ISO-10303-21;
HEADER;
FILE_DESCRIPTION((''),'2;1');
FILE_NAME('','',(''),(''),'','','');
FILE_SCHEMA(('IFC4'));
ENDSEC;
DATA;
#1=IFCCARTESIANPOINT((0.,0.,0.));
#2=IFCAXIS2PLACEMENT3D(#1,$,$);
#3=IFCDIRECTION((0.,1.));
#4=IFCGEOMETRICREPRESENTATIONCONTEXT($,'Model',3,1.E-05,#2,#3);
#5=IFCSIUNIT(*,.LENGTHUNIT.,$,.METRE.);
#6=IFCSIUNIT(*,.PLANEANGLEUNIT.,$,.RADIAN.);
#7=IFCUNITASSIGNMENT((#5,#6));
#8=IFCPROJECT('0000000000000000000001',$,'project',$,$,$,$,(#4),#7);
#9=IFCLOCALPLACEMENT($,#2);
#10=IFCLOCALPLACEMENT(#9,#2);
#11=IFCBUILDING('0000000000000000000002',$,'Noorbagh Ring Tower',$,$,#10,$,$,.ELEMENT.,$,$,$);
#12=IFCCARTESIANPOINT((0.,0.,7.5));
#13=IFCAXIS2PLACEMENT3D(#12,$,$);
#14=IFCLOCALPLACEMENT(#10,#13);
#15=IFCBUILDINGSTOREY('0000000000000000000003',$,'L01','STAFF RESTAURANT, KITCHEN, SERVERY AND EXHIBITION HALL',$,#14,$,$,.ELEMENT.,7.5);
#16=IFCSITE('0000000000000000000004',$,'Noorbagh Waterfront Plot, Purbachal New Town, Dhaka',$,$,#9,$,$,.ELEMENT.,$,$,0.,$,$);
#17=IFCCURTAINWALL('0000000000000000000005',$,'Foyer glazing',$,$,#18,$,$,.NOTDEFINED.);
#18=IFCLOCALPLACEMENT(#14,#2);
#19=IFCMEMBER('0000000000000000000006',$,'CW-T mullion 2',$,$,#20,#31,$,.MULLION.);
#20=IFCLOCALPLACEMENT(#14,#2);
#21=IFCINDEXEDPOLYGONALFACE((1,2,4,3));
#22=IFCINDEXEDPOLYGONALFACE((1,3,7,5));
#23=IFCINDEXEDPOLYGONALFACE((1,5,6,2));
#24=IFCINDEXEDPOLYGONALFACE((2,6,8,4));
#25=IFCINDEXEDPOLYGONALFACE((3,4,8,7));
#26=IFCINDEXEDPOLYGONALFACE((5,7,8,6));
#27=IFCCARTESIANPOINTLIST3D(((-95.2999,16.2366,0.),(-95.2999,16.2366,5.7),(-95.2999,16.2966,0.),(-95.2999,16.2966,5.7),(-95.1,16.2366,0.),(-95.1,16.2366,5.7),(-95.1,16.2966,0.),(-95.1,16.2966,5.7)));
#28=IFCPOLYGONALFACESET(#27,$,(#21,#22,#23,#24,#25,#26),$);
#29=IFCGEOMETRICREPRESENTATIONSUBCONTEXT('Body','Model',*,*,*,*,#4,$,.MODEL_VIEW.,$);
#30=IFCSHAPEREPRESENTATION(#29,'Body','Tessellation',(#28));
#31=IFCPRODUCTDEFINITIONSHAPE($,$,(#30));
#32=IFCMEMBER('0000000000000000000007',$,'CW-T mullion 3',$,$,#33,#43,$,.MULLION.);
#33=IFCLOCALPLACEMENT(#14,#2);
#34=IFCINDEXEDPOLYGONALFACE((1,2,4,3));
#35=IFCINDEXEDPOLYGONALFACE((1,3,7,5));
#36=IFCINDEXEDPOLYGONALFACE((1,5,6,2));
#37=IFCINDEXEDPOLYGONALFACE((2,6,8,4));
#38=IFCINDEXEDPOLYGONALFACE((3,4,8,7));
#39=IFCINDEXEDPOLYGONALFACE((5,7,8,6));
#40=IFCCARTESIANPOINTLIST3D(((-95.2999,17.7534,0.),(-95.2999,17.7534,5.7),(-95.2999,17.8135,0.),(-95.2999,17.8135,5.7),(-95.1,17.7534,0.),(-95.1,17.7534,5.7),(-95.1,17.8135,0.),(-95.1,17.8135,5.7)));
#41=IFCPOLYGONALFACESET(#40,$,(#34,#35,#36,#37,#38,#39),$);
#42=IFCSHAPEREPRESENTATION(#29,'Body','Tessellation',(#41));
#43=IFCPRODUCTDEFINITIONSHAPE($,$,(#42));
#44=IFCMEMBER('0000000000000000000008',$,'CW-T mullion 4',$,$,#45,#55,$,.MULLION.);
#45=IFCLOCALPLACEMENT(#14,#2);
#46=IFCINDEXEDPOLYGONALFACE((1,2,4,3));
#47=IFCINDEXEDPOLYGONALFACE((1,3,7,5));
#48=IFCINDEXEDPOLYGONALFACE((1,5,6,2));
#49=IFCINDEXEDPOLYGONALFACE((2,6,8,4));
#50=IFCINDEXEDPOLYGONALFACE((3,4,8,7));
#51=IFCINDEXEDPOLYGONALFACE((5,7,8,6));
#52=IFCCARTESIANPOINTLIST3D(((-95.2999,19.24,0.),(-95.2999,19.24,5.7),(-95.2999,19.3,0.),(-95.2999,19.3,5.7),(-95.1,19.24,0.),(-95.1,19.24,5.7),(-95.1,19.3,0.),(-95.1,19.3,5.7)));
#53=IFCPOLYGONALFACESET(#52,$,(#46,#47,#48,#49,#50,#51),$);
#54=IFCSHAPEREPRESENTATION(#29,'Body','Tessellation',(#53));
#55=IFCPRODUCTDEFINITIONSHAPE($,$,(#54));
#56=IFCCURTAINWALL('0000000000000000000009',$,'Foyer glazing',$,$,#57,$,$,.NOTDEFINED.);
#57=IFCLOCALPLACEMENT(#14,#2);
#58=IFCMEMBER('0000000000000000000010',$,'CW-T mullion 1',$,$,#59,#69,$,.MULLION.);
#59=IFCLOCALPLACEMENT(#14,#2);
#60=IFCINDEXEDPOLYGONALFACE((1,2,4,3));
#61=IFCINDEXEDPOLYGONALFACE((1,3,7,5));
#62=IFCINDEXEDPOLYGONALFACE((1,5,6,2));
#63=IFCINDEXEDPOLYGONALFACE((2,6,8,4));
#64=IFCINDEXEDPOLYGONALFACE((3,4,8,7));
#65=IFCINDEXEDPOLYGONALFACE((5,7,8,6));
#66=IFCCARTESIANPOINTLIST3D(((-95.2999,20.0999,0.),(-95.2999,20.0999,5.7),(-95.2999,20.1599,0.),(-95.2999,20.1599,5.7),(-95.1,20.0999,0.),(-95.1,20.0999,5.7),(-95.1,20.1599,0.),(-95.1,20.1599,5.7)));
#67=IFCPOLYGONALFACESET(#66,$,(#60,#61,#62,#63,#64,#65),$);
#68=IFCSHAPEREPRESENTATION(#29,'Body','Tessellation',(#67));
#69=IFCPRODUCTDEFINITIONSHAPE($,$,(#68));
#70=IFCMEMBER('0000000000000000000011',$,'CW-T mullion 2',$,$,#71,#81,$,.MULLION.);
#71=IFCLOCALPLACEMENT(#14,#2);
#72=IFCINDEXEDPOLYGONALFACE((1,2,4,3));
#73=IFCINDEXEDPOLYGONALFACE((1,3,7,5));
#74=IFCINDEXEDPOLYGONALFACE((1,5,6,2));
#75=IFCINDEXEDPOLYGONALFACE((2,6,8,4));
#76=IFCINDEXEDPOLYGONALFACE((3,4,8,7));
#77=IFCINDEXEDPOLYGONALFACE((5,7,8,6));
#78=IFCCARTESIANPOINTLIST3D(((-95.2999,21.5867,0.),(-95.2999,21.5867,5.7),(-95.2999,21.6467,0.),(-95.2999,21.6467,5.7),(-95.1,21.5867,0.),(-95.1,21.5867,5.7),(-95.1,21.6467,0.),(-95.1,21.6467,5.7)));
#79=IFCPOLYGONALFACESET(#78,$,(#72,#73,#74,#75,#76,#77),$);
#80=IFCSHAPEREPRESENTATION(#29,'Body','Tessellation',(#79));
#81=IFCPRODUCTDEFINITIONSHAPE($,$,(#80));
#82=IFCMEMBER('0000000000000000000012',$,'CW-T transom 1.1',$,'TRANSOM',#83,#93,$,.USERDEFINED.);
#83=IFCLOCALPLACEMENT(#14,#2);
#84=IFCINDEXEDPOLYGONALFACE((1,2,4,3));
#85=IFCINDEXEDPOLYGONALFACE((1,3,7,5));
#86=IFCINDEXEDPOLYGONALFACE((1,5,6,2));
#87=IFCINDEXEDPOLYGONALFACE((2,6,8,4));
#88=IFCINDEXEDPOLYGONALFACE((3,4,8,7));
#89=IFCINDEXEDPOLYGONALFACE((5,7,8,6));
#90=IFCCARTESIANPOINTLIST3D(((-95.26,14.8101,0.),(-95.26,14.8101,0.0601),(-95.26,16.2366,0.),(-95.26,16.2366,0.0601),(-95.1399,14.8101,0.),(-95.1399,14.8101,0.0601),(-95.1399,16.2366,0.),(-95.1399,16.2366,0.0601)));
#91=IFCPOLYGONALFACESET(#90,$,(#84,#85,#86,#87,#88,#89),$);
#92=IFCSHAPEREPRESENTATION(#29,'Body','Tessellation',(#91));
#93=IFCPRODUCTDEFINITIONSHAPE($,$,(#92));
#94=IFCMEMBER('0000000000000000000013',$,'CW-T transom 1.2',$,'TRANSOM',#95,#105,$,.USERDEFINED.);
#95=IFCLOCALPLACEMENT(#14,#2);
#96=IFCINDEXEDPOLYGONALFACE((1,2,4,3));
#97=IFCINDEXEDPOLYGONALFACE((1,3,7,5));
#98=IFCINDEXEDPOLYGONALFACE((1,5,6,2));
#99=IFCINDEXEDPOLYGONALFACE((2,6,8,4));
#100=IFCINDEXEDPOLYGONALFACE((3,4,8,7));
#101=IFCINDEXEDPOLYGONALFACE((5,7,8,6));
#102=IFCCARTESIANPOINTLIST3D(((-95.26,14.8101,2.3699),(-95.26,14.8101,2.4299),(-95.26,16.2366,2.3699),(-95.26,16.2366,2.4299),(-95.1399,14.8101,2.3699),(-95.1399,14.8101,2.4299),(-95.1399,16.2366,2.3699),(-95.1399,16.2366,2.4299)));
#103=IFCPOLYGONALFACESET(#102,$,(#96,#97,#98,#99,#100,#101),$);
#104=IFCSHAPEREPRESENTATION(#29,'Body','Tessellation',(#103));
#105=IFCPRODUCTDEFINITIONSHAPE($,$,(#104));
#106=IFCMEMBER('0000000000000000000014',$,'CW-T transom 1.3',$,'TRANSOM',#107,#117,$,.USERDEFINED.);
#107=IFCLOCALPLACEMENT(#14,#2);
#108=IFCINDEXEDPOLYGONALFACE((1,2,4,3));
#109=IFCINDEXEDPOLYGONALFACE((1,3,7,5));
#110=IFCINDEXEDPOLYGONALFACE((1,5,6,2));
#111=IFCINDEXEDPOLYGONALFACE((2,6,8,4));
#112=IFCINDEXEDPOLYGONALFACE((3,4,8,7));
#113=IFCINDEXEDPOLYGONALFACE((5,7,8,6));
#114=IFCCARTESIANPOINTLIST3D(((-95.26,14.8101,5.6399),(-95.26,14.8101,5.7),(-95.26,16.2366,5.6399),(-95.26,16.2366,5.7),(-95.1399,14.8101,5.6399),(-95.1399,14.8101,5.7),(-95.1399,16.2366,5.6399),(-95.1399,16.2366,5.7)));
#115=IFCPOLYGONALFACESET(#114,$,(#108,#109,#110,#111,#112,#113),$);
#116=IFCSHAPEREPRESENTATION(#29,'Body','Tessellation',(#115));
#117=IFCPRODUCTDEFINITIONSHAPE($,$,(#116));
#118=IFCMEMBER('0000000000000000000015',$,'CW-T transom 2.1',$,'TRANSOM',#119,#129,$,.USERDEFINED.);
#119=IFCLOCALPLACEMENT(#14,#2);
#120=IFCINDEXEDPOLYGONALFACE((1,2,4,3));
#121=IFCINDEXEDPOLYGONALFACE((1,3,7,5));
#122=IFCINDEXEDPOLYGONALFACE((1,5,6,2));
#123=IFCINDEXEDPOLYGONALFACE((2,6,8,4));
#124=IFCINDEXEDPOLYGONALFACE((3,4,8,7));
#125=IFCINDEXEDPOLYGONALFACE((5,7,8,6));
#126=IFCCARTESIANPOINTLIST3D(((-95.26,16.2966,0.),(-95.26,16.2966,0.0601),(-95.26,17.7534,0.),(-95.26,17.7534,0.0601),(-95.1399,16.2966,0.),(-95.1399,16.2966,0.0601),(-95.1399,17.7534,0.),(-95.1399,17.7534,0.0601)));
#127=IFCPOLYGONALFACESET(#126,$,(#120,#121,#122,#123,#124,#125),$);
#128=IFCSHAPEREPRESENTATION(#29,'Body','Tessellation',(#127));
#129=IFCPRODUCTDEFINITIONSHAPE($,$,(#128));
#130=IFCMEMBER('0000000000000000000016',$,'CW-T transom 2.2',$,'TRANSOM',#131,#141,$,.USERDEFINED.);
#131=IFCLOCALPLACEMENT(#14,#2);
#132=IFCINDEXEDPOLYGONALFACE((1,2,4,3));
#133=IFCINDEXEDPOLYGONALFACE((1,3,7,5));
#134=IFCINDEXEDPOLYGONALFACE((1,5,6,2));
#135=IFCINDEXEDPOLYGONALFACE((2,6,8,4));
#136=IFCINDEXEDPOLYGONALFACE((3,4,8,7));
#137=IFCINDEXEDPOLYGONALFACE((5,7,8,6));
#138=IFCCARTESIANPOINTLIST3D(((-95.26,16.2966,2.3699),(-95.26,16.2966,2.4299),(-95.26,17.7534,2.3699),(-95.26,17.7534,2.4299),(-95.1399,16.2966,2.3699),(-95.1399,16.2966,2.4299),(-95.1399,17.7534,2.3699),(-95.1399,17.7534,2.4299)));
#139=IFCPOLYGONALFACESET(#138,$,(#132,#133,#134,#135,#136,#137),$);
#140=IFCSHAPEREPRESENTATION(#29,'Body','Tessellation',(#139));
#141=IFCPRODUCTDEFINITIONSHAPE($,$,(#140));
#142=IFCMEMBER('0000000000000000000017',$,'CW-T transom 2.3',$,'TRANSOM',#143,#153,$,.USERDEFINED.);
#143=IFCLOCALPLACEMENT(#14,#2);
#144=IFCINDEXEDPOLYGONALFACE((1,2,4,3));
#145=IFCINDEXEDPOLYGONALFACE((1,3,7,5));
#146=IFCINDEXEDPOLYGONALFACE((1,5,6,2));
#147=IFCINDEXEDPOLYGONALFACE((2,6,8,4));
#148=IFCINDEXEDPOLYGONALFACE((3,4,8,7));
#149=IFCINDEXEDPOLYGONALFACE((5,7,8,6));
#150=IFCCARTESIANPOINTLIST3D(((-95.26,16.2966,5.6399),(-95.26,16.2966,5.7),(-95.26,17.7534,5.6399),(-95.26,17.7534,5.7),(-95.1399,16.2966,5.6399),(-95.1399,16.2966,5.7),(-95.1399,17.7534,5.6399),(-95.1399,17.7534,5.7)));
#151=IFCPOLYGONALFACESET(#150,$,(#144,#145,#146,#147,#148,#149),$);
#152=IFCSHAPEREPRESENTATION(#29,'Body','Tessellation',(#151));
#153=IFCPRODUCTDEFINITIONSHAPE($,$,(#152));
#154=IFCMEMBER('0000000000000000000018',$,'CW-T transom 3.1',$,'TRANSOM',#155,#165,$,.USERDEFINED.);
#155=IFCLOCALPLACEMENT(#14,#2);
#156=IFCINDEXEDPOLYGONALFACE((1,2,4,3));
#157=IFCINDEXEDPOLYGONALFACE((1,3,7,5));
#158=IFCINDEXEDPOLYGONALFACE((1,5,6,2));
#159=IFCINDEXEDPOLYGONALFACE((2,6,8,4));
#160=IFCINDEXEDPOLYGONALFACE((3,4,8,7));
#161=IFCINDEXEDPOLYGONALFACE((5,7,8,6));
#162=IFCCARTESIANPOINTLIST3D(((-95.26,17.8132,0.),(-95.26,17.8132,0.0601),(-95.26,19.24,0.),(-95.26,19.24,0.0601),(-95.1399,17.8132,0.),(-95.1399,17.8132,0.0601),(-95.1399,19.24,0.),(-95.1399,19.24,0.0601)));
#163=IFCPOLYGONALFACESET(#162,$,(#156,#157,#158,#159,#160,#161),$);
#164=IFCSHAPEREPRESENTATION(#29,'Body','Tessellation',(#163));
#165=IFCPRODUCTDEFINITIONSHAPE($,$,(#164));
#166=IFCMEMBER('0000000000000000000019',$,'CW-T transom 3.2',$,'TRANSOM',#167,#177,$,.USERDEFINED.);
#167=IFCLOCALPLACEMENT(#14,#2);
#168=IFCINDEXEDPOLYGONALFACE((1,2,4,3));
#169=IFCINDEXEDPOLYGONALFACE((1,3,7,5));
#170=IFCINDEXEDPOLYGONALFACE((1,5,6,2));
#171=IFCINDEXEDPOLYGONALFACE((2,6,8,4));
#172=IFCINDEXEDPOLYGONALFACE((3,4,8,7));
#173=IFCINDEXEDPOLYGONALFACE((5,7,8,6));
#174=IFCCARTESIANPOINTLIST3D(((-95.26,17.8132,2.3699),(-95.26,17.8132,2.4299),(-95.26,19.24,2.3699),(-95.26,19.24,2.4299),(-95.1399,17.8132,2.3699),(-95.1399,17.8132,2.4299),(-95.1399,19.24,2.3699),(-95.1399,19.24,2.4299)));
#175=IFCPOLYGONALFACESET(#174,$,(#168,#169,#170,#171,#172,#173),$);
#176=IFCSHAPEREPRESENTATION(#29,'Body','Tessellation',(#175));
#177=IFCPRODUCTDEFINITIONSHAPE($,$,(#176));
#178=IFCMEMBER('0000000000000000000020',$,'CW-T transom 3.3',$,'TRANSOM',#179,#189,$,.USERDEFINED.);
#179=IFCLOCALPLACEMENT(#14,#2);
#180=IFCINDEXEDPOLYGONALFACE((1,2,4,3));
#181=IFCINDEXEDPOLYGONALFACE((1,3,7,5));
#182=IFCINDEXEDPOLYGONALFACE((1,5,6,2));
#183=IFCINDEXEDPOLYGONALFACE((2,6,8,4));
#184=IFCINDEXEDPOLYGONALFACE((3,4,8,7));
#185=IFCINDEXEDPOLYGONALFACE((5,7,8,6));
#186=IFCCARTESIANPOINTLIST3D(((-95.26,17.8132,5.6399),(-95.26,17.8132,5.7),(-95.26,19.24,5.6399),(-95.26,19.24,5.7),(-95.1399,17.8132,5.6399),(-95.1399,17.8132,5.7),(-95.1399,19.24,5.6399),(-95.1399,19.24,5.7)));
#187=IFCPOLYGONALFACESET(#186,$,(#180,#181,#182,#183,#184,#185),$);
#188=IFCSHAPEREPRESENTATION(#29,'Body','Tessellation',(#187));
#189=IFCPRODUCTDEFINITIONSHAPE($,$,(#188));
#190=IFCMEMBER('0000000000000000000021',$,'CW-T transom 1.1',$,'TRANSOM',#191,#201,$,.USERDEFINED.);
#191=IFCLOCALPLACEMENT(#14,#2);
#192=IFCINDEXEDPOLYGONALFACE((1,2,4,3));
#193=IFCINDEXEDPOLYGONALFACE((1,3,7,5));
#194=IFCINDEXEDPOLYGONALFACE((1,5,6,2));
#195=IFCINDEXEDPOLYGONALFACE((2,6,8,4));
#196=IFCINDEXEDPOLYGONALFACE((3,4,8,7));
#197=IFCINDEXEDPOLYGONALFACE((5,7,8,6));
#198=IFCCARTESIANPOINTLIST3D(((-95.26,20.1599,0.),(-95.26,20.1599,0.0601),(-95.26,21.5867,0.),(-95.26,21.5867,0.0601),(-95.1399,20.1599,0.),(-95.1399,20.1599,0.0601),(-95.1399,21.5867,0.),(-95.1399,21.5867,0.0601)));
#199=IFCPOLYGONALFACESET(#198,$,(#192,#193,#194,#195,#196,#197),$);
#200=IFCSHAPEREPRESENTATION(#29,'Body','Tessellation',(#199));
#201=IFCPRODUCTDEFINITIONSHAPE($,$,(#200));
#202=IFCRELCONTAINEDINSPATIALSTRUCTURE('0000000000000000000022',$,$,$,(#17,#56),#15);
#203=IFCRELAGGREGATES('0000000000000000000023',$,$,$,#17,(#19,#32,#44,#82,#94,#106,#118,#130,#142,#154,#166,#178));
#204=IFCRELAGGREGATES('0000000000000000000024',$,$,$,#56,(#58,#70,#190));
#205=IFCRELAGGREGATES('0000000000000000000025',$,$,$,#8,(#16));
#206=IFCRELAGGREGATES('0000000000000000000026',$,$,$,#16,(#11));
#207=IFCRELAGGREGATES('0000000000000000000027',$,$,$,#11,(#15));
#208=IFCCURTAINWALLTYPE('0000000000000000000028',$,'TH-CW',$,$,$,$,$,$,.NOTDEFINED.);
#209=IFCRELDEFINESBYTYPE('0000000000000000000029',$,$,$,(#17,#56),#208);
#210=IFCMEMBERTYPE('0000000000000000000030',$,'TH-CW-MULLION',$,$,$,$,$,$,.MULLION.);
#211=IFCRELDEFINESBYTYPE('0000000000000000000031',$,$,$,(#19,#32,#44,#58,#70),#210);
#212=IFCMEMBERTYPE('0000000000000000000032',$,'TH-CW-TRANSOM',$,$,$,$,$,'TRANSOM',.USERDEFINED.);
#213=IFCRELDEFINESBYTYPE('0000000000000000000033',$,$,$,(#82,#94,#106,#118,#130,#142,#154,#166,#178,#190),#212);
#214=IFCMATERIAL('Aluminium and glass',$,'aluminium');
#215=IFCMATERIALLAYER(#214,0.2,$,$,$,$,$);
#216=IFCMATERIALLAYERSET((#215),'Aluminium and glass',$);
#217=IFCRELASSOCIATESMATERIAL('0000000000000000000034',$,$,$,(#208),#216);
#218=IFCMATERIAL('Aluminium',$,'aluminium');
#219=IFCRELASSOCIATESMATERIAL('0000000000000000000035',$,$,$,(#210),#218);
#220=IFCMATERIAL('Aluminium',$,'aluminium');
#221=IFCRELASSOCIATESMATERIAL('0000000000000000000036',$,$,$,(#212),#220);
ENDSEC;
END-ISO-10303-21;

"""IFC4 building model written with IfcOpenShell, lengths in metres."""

from ifc_helpers import new_model, si_unit, direction, frame, origin, origin_2d, place, context, subcontext, project, spatial, rectangle, extrude, material, layer, layer_set, material_profile, profile_set, type_object, element, aggregate, save


model = new_model("IFC4")

# Units and contexts
model_context = context("Model", 3, precision=1e-05, world=origin(), true_north=direction((0.0, 1.0)))
body_context = subcontext(model_context, "Body", "Model", "MODEL_VIEW")
ifc_project = project(units=[si_unit("LENGTHUNIT", "METRE"), si_unit("PLANEANGLEUNIT", "RADIAN")], contexts=[model_context])

# Site, building, storey
site_placement = place(None, origin())
site = spatial("IfcSite", under=ifc_project, at=site_placement, Name="Noorbagh Waterfront Plot, Purbachal New Town, Dhaka", CompositionType="ELEMENT", RefElevation=0.0)
building_placement = place(site_placement, origin())
building = spatial("IfcBuilding", under=site, at=building_placement, Name="Noorbagh Ring Tower", CompositionType="ELEMENT")
storey_placement = place(building_placement, frame((0.0, 0.0, 7.5)))
storey = spatial("IfcBuildingStorey", under=building, at=storey_placement, Name="L01", Description="STAFF RESTAURANT, KITCHEN, SERVERY AND EXHIBITION HALL", CompositionType="ELEMENT", Elevation=7.5)

# Curtain walls, members
ifc_material_1 = material(Name="Aluminium and glass", Category="aluminium")
ifc_layer_1 = layer(ifc_material_1, 0.2)
ifc_layer_set_1 = layer_set([ifc_layer_1], Name="Aluminium and glass")
curtain_wall_type = type_object("IfcCurtainWallType", Name="TH-CW", PredefinedType="NOTDEFINED", material=ifc_layer_set_1)
curtain_wall_1_placement = place(storey_placement, origin())
curtain_wall_1 = element("IfcCurtainWall", 1, at=curtain_wall_1_placement, inside=storey, type_object=curtain_wall_type, Name="Foyer glazing", PredefinedType="NOTDEFINED")
ifc_material_2 = material(Name="Aluminium", Category="aluminium")
ifc_material_profile_1 = material_profile(ifc_material_2, rectangle(XDim=0.2, YDim=0.0601, at=origin_2d()), Name="AL 200x60")
ifc_profile_set_1 = profile_set([ifc_material_profile_1], Name="Aluminium")
member_type_1 = type_object("IfcMemberType", Name="TH-CW-MULLION", PredefinedType="MULLION", material=ifc_profile_set_1)
member_1_placement = place(storey_placement, frame((-95.2, 16.2666, 0.0), z_axis=(0.0, 0.0, 1.0), x_axis=(-1.0, 0.0, 0.0)))
member_1 = element("IfcMember", 2, at=member_1_placement, type_object=member_type_1, Name="CW-T mullion 2", PredefinedType="MULLION", context=body_context, shape_type="SweptSolid", body=[
    extrude(rectangle(XDim=0.2, YDim=0.0601, at=origin_2d()), origin(), (0.0, 0.0, 1.0), 5.7),
])
member_2_placement = place(storey_placement, frame((-95.2, 17.7834, 0.0), z_axis=(0.0, 0.0, 1.0), x_axis=(-1.0, 0.0, 0.0)))
member_2 = element("IfcMember", 3, at=member_2_placement, type_object=member_type_1, Name="CW-T mullion 3", PredefinedType="MULLION", context=body_context, shape_type="SweptSolid", body=[
    extrude(rectangle(XDim=0.2, YDim=0.0601, at=origin_2d()), origin(), (0.0, 0.0, 1.0), 5.7),
])
member_3_placement = place(storey_placement, frame((-95.2, 19.27, 0.0), z_axis=(0.0, 0.0, 1.0), x_axis=(-1.0, 0.0, 0.0)))
member_3 = element("IfcMember", 4, at=member_3_placement, type_object=member_type_1, Name="CW-T mullion 4", PredefinedType="MULLION", context=body_context, shape_type="SweptSolid", body=[
    extrude(rectangle(XDim=0.2, YDim=0.0601, at=origin_2d()), origin(), (0.0, 0.0, 1.0), 5.7),
])
curtain_wall_2_placement = place(storey_placement, origin())
curtain_wall_2 = element("IfcCurtainWall", 5, at=curtain_wall_2_placement, inside=storey, type_object=curtain_wall_type, Name="Foyer glazing", PredefinedType="NOTDEFINED")
member_4_placement = place(storey_placement, frame((-95.2, 20.1299, 0.0), z_axis=(0.0, 0.0, 1.0), x_axis=(-1.0, 0.0, 0.0)))
member_4 = element("IfcMember", 6, at=member_4_placement, type_object=member_type_1, Name="CW-T mullion 1", PredefinedType="MULLION", context=body_context, shape_type="SweptSolid", body=[
    extrude(rectangle(XDim=0.2, YDim=0.0601, at=origin_2d()), origin(), (0.0, 0.0, 1.0), 5.7),
])
member_5_placement = place(storey_placement, frame((-95.2, 21.6167, 0.0), z_axis=(0.0, 0.0, 1.0), x_axis=(-1.0, 0.0, 0.0)))
member_5 = element("IfcMember", 7, at=member_5_placement, type_object=member_type_1, Name="CW-T mullion 2", PredefinedType="MULLION", context=body_context, shape_type="SweptSolid", body=[
    extrude(rectangle(XDim=0.2, YDim=0.0601, at=origin_2d()), origin(), (0.0, 0.0, 1.0), 5.7),
])

# Members
ifc_material_3 = material(Name="Aluminium", Category="aluminium")
ifc_material_profile_2 = material_profile(ifc_material_3, rectangle(XDim=0.1201, YDim=0.0601, at=origin_2d()), Name="AL 120x60")
ifc_profile_set_2 = profile_set([ifc_material_profile_2], Name="Aluminium")
member_type_2 = type_object("IfcMemberType", Name="TH-CW-TRANSOM", ElementType="TRANSOM", PredefinedType="USERDEFINED", material=ifc_profile_set_2)
member_6_placement = place(storey_placement, frame((-95.2, 14.8101, 0.03), z_axis=(0.0, 1.0, 0.0), x_axis=(-1.0, 0.0, 0.0)))
member_6 = element("IfcMember", 8, at=member_6_placement, type_object=member_type_2, Name="CW-T transom 1.1", ObjectType="TRANSOM", PredefinedType="USERDEFINED", context=body_context, shape_type="SweptSolid", body=[
    extrude(rectangle(XDim=0.1201, YDim=0.0601, at=origin_2d()), origin(), (0.0, 0.0, 1.0), 1.4265),
])
member_7_placement = place(storey_placement, frame((-95.2, 14.8101, 2.3999), z_axis=(0.0, 1.0, 0.0), x_axis=(-1.0, 0.0, 0.0)))
member_7 = element("IfcMember", 9, at=member_7_placement, type_object=member_type_2, Name="CW-T transom 1.2", ObjectType="TRANSOM", PredefinedType="USERDEFINED", context=body_context, shape_type="SweptSolid", body=[
    extrude(rectangle(XDim=0.1201, YDim=0.0601, at=origin_2d()), origin(), (0.0, 0.0, 1.0), 1.4265),
])
member_8_placement = place(storey_placement, frame((-95.2, 14.8101, 5.6699), z_axis=(0.0, 1.0, 0.0), x_axis=(-1.0, 0.0, 0.0)))
member_8 = element("IfcMember", 10, at=member_8_placement, type_object=member_type_2, Name="CW-T transom 1.3", ObjectType="TRANSOM", PredefinedType="USERDEFINED", context=body_context, shape_type="SweptSolid", body=[
    extrude(rectangle(XDim=0.1201, YDim=0.0601, at=origin_2d()), origin(), (0.0, 0.0, 1.0), 1.4265),
])
member_9_placement = place(storey_placement, frame((-95.2, 16.2966, 0.03), z_axis=(0.0, 1.0, 0.0), x_axis=(-1.0, 0.0, 0.0)))
member_9 = element("IfcMember", 11, at=member_9_placement, type_object=member_type_2, Name="CW-T transom 2.1", ObjectType="TRANSOM", PredefinedType="USERDEFINED", context=body_context, shape_type="SweptSolid", body=[
    extrude(rectangle(XDim=0.1201, YDim=0.0601, at=origin_2d()), origin(), (0.0, 0.0, 1.0), 1.4568),
])
member_10_placement = place(storey_placement, frame((-95.2, 16.2966, 2.3999), z_axis=(0.0, 1.0, 0.0), x_axis=(-1.0, 0.0, 0.0)))
member_10 = element("IfcMember", 12, at=member_10_placement, type_object=member_type_2, Name="CW-T transom 2.2", ObjectType="TRANSOM", PredefinedType="USERDEFINED", context=body_context, shape_type="SweptSolid", body=[
    extrude(rectangle(XDim=0.1201, YDim=0.0601, at=origin_2d()), origin(), (0.0, 0.0, 1.0), 1.4568),
])
member_11_placement = place(storey_placement, frame((-95.2, 16.2966, 5.6699), z_axis=(0.0, 1.0, 0.0), x_axis=(-1.0, 0.0, 0.0)))
member_11 = element("IfcMember", 13, at=member_11_placement, type_object=member_type_2, Name="CW-T transom 2.3", ObjectType="TRANSOM", PredefinedType="USERDEFINED", context=body_context, shape_type="SweptSolid", body=[
    extrude(rectangle(XDim=0.1201, YDim=0.0601, at=origin_2d()), origin(), (0.0, 0.0, 1.0), 1.4568),
])
member_12_placement = place(storey_placement, frame((-95.2, 17.8132, 0.03), z_axis=(0.0, 1.0, 0.0), x_axis=(-1.0, 0.0, 0.0)))
member_12 = element("IfcMember", 14, at=member_12_placement, type_object=member_type_2, Name="CW-T transom 3.1", ObjectType="TRANSOM", PredefinedType="USERDEFINED", context=body_context, shape_type="SweptSolid", body=[
    extrude(rectangle(XDim=0.1201, YDim=0.0601, at=origin_2d()), origin(), (0.0, 0.0, 1.0), 1.4268),
])
member_13_placement = place(storey_placement, frame((-95.2, 17.8132, 2.3999), z_axis=(0.0, 1.0, 0.0), x_axis=(-1.0, 0.0, 0.0)))
member_13 = element("IfcMember", 15, at=member_13_placement, type_object=member_type_2, Name="CW-T transom 3.2", ObjectType="TRANSOM", PredefinedType="USERDEFINED", context=body_context, shape_type="SweptSolid", body=[
    extrude(rectangle(XDim=0.1201, YDim=0.0601, at=origin_2d()), origin(), (0.0, 0.0, 1.0), 1.4268),
])
member_14_placement = place(storey_placement, frame((-95.2, 17.8132, 5.6699), z_axis=(0.0, 1.0, 0.0), x_axis=(-1.0, 0.0, 0.0)))
member_14 = element("IfcMember", 16, at=member_14_placement, type_object=member_type_2, Name="CW-T transom 3.3", ObjectType="TRANSOM", PredefinedType="USERDEFINED", context=body_context, shape_type="SweptSolid", body=[
    extrude(rectangle(XDim=0.1201, YDim=0.0601, at=origin_2d()), origin(), (0.0, 0.0, 1.0), 1.4268),
])
member_15_placement = place(storey_placement, frame((-95.2, 20.1599, 0.03), z_axis=(0.0, 1.0, 0.0), x_axis=(-1.0, 0.0, 0.0)))
member_15 = element("IfcMember", 17, at=member_15_placement, type_object=member_type_2, Name="CW-T transom 1.1", ObjectType="TRANSOM", PredefinedType="USERDEFINED", context=body_context, shape_type="SweptSolid", body=[
    extrude(rectangle(XDim=0.1201, YDim=0.0601, at=origin_2d()), origin(), (0.0, 0.0, 1.0), 1.4268),
])

aggregate(curtain_wall_1, [member_1, member_2, member_3, member_6, member_7, member_8, member_9, member_10, member_11, member_12, member_13, member_14])
aggregate(curtain_wall_2, [member_4, member_5, member_15])

save(model, "model.ifc")
